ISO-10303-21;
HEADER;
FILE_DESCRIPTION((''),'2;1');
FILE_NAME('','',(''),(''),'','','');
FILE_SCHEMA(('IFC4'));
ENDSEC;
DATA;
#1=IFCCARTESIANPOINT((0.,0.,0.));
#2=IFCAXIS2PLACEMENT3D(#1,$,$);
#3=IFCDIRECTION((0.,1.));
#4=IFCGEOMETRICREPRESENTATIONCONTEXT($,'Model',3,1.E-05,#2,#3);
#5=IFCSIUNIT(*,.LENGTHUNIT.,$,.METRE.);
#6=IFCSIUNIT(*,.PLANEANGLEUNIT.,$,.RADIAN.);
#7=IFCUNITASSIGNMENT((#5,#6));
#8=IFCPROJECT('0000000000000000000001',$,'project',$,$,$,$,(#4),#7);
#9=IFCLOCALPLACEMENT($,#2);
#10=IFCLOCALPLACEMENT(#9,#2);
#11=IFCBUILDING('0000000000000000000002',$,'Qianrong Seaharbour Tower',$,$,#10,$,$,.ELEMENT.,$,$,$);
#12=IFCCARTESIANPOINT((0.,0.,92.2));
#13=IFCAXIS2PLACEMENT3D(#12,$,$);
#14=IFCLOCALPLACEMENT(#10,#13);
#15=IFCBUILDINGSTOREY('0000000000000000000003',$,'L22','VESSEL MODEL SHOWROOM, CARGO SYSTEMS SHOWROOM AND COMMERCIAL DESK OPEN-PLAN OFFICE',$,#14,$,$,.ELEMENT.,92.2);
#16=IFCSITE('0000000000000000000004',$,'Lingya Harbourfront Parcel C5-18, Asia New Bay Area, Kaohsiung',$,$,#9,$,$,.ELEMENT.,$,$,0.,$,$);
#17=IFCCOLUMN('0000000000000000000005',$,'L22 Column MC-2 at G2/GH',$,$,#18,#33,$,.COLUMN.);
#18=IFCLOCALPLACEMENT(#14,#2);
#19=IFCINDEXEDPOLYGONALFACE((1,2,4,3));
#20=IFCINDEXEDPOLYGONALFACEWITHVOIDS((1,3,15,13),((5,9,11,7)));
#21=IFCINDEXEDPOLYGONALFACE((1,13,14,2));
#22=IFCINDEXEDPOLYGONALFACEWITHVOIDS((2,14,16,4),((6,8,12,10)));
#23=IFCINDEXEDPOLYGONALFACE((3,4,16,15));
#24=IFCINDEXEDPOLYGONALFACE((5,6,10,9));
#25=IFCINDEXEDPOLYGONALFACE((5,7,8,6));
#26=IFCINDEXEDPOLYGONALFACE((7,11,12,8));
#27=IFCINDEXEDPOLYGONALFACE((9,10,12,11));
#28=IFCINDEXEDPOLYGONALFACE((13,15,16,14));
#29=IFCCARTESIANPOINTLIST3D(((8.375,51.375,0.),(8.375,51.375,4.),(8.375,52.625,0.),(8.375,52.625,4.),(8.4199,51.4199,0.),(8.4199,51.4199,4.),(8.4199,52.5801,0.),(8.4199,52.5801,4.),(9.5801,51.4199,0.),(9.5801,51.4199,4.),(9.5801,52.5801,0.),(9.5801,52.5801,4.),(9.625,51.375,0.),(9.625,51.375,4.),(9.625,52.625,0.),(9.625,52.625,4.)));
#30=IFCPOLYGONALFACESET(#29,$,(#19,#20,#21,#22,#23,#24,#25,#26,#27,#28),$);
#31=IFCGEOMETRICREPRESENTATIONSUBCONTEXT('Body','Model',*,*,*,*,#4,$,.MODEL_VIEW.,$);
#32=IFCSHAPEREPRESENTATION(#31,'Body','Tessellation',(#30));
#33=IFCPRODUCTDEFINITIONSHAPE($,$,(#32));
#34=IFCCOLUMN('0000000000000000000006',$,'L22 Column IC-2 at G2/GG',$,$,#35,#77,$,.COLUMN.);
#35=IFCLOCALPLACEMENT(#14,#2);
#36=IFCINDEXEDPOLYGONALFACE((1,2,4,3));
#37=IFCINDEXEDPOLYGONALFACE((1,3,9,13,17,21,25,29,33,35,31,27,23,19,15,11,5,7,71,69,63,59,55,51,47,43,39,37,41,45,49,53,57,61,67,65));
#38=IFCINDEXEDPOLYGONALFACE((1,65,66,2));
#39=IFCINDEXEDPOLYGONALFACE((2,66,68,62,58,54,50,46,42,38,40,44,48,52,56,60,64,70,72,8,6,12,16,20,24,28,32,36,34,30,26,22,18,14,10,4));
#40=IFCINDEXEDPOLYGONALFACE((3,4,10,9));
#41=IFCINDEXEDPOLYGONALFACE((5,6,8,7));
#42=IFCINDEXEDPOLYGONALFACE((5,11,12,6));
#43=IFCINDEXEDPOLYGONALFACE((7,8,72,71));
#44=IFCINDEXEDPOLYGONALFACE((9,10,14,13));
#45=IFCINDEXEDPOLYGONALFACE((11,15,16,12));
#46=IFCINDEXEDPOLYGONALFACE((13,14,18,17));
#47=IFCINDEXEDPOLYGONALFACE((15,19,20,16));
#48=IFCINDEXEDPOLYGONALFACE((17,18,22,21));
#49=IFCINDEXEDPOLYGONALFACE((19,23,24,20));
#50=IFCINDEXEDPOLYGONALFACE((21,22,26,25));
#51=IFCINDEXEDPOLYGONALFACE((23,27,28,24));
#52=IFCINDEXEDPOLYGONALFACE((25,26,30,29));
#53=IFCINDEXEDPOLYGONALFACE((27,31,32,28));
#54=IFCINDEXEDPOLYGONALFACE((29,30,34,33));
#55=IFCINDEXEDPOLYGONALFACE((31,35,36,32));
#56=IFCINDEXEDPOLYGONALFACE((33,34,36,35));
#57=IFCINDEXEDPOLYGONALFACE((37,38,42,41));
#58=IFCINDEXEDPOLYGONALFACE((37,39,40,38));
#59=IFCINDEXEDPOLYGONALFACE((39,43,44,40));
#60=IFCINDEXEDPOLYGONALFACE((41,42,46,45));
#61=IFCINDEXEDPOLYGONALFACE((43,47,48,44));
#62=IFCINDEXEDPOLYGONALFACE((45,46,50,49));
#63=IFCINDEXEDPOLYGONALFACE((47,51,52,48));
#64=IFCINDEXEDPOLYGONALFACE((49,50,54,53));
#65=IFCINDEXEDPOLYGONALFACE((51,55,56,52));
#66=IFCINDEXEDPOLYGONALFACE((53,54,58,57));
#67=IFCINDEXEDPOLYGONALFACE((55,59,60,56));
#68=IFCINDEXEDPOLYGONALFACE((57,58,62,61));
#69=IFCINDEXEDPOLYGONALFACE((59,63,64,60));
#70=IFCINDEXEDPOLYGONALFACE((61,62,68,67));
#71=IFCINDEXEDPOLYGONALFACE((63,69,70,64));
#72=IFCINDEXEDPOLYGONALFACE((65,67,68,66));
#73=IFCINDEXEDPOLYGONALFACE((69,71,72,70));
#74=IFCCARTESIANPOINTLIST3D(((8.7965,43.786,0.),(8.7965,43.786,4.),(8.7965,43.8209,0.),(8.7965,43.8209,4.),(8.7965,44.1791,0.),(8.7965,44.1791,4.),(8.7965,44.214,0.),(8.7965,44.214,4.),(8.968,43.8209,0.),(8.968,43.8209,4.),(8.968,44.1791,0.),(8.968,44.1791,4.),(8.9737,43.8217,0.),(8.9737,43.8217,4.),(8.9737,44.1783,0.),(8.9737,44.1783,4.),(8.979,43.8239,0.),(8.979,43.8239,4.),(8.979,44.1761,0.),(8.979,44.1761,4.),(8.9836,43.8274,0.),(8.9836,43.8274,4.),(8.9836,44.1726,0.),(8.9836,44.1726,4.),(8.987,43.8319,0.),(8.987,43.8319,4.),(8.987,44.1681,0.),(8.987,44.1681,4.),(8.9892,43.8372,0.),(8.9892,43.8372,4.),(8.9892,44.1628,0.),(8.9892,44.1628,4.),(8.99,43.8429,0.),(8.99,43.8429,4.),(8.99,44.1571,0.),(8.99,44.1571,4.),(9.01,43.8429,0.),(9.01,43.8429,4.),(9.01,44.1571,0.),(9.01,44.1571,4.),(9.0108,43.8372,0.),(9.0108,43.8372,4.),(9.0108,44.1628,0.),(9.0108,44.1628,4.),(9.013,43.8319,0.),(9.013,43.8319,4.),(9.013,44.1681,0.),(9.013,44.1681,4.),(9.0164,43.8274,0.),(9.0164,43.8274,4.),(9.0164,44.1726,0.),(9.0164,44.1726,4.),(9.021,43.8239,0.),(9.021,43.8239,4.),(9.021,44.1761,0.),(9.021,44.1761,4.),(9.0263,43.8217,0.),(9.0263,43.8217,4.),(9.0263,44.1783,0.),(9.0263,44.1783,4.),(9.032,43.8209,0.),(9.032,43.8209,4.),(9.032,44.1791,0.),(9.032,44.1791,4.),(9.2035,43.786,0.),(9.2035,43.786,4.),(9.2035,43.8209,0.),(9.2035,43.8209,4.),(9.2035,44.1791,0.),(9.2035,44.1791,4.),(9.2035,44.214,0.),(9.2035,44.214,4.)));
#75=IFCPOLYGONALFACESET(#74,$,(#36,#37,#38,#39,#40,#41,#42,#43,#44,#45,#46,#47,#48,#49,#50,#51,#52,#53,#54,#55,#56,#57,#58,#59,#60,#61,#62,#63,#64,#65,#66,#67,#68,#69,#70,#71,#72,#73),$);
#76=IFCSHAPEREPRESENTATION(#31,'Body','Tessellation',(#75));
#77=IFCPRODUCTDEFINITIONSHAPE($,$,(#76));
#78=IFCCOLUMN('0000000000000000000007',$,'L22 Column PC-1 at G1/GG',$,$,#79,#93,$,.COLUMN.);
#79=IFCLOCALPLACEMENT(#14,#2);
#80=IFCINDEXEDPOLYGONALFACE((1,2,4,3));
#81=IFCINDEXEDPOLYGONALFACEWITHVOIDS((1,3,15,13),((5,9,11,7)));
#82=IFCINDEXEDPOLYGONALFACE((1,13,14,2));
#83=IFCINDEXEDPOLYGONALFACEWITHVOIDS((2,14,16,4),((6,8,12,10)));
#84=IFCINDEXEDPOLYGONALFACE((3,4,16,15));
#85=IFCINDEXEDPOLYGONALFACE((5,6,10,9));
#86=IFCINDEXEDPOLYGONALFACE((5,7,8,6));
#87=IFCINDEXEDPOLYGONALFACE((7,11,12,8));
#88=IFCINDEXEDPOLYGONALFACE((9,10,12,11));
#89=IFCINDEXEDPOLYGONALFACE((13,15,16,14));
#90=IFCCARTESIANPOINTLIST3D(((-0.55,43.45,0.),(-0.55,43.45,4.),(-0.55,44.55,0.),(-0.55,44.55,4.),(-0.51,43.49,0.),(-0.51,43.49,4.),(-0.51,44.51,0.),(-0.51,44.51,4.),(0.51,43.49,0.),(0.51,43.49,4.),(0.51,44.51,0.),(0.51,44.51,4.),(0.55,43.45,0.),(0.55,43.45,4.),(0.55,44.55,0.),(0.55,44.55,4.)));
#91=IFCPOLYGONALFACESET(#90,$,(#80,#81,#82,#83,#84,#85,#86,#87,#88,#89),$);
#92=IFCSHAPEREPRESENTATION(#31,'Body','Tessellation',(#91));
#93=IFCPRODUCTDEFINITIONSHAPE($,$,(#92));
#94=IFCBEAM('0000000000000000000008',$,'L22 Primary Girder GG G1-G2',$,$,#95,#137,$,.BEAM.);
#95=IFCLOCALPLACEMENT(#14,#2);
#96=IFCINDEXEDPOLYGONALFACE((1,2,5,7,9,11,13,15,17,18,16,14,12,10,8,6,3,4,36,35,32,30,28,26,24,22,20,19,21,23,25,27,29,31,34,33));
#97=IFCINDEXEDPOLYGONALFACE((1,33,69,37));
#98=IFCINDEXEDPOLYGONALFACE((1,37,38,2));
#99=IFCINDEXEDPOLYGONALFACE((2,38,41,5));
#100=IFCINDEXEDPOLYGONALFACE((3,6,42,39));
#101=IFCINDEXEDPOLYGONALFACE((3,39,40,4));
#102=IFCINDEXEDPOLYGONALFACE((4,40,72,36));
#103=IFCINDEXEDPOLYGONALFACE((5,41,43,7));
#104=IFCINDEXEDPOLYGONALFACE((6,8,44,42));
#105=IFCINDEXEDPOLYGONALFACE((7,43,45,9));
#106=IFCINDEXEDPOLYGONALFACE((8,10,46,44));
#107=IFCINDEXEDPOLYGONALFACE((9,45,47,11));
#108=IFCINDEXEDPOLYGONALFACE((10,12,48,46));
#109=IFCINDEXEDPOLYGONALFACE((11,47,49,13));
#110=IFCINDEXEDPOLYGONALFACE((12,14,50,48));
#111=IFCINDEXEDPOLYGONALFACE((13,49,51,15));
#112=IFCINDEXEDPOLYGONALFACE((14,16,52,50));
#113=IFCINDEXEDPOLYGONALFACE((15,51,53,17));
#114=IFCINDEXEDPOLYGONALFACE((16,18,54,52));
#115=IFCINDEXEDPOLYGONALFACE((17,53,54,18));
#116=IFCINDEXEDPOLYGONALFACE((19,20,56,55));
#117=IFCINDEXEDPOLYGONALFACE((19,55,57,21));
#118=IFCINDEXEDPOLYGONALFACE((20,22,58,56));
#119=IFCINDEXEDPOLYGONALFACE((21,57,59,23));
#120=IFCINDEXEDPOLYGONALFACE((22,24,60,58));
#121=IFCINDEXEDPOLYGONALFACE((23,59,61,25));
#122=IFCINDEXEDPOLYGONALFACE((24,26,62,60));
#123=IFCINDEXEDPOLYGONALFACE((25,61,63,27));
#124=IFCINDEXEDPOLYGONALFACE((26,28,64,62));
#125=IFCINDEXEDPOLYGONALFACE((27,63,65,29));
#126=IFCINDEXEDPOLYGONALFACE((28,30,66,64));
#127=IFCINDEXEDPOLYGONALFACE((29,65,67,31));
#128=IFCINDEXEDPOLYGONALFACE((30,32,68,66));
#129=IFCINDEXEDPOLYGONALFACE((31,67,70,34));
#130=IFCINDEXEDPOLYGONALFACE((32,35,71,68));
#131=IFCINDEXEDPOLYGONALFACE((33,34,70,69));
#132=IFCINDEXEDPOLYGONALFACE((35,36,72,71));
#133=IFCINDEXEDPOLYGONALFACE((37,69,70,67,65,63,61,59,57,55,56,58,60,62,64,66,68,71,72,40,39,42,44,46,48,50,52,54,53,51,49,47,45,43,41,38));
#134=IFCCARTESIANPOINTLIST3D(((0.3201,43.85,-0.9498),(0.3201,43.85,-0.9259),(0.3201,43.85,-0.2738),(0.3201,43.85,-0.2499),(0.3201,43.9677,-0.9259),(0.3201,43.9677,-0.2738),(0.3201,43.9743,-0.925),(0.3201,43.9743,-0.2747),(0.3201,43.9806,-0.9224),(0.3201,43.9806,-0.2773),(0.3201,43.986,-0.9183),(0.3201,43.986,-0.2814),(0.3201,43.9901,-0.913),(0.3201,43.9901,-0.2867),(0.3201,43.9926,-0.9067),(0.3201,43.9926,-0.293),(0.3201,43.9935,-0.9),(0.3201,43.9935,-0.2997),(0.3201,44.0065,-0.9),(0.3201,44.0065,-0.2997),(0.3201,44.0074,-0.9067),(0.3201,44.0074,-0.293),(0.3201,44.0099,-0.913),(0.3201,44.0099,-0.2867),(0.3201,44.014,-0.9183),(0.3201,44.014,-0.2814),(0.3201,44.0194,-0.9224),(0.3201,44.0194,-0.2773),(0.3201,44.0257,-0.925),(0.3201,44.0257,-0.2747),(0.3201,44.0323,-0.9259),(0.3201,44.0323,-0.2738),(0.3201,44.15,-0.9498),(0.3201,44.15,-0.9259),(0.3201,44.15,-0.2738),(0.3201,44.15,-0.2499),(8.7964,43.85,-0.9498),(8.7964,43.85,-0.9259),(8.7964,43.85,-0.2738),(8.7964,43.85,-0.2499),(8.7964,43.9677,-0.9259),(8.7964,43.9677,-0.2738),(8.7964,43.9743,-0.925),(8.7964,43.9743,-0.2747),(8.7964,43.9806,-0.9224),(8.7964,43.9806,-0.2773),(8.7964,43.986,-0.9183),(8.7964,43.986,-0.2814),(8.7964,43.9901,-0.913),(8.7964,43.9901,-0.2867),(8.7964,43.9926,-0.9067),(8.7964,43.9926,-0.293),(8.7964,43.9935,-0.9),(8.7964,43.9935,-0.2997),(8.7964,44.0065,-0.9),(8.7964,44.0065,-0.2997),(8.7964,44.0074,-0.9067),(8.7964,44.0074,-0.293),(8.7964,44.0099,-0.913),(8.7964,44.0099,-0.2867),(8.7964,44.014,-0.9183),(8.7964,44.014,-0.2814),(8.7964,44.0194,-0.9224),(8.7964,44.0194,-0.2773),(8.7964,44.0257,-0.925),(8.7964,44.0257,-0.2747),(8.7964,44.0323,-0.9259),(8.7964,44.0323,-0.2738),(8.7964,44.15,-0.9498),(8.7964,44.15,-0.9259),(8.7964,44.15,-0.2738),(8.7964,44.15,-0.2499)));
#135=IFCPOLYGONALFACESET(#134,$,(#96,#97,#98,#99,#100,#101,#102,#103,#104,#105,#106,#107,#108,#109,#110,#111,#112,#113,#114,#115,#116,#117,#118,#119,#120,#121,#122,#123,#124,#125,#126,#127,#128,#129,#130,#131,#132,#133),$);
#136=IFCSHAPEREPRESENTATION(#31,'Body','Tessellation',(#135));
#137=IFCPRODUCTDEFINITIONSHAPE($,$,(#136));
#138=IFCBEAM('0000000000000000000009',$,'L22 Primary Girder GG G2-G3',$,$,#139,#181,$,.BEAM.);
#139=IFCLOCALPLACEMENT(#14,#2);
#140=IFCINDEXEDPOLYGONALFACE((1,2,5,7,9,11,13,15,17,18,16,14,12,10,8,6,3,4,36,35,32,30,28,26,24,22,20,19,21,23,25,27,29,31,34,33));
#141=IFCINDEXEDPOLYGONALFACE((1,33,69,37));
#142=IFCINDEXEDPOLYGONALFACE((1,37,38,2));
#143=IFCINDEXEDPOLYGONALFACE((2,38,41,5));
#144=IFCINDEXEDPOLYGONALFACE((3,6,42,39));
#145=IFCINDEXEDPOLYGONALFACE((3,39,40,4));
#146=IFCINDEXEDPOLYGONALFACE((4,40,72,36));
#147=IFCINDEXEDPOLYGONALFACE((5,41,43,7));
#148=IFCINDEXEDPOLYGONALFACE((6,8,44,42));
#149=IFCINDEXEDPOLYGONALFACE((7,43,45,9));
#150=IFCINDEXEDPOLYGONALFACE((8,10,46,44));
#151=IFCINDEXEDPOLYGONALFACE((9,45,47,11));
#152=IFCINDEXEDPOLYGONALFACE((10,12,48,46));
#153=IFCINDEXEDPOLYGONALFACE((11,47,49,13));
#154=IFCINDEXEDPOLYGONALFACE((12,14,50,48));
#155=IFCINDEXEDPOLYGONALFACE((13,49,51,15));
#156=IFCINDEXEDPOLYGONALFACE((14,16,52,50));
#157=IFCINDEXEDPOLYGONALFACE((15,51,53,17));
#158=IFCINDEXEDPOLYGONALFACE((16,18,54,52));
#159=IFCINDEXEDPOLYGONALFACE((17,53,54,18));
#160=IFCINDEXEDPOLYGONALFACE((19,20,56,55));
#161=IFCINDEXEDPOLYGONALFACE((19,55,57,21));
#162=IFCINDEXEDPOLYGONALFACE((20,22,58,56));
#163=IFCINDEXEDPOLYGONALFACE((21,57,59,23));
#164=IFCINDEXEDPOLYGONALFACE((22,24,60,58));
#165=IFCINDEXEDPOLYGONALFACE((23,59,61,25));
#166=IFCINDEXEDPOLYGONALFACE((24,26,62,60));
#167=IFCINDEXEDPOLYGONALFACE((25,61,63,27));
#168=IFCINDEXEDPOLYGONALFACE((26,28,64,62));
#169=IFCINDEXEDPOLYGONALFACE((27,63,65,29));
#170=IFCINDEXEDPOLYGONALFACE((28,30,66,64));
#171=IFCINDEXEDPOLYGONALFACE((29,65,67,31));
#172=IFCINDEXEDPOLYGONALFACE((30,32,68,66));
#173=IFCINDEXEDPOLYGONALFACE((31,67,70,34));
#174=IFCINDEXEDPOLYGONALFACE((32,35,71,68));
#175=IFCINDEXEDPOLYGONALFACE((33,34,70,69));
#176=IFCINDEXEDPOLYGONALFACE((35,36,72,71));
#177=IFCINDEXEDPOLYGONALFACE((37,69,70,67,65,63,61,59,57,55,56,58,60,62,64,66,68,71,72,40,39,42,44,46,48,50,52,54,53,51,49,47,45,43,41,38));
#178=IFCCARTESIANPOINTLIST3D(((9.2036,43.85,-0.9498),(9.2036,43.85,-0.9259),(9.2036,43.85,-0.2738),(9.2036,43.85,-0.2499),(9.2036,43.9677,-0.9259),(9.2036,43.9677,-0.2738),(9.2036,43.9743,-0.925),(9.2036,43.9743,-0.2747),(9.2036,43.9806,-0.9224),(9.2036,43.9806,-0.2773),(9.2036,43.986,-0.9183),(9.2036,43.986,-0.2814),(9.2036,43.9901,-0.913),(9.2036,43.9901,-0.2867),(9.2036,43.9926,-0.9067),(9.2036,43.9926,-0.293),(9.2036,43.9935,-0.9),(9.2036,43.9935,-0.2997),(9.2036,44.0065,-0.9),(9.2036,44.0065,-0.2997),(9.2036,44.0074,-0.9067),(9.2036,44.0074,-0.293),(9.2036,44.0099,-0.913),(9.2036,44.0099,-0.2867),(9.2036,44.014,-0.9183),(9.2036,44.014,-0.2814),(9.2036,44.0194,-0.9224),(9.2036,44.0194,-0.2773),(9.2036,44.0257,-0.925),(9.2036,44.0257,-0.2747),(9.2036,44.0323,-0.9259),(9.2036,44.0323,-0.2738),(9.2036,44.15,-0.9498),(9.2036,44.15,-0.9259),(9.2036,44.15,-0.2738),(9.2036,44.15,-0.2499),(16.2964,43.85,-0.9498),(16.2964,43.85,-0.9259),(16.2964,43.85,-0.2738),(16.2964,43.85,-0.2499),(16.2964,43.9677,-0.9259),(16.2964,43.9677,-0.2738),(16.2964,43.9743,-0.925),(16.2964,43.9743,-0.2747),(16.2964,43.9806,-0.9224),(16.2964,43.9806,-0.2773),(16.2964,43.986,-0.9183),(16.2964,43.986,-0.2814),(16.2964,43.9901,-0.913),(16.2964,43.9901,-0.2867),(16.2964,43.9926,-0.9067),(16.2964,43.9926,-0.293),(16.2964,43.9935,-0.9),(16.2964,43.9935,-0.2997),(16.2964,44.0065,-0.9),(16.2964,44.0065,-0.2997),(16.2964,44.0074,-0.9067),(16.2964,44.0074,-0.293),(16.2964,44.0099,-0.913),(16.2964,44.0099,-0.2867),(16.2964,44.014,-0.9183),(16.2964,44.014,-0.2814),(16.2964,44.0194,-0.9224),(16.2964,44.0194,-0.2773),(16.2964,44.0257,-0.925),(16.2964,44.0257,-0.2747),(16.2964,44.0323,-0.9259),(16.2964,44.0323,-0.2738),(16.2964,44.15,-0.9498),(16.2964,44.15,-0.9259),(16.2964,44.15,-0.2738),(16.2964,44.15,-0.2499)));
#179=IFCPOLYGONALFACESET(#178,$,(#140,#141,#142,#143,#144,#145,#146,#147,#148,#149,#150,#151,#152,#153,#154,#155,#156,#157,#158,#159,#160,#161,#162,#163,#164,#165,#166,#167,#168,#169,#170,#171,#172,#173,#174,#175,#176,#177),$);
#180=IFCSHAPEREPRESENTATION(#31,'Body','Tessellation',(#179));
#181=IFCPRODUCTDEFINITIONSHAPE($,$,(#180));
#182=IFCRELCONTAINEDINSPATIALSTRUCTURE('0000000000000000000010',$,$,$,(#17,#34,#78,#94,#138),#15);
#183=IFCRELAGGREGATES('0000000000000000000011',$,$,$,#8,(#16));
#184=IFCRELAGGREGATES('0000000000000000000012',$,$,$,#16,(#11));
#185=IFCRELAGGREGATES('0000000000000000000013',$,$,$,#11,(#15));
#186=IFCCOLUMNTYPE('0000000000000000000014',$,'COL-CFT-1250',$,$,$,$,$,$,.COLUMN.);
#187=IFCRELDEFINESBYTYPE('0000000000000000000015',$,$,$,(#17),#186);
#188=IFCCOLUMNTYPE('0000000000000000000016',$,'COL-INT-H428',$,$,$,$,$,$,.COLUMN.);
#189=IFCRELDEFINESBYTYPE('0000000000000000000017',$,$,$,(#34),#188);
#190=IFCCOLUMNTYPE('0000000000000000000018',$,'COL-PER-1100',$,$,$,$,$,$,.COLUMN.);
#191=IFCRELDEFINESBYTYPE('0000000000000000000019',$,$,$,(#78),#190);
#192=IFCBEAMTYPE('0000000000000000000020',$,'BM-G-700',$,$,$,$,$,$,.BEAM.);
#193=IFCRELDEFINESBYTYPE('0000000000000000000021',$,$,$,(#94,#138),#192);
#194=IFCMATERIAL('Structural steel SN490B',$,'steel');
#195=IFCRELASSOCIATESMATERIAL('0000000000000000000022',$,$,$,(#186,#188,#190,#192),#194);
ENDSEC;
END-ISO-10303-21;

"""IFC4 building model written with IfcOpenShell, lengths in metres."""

from ifc_helpers import new_model, si_unit, direction, frame, origin, origin_2d, place, context, subcontext, project, spatial, hollow_rectangle, i_section, extrude, material, material_profile, profile_set, type_object, element, save


model = new_model("IFC4")

# Units and contexts
model_context = context("Model", 3, precision=1e-05, world=origin(), true_north=direction((0.0, 1.0)))
body_context = subcontext(model_context, "Body", "Model", "MODEL_VIEW")
ifc_project = project(units=[si_unit("LENGTHUNIT", "METRE"), si_unit("PLANEANGLEUNIT", "RADIAN")], contexts=[model_context])

# Site, building, storey
site_placement = place(None, origin())
site = spatial("IfcSite", under=ifc_project, at=site_placement, Name="Lingya Harbourfront Parcel C5-18, Asia New Bay Area, Kaohsiung", CompositionType="ELEMENT", RefElevation=0.0)
building_placement = place(site_placement, origin())
building = spatial("IfcBuilding", under=site, at=building_placement, Name="Qianrong Seaharbour Tower", CompositionType="ELEMENT")
storey_placement = place(building_placement, frame((0.0, 0.0, 92.2)))
storey = spatial("IfcBuildingStorey", under=building, at=storey_placement, Name="L22", Description="VESSEL MODEL SHOWROOM, CARGO SYSTEMS SHOWROOM AND COMMERCIAL DESK OPEN-PLAN OFFICE", CompositionType="ELEMENT", Elevation=92.2)

# Columns
ifc_material_1 = material(Name="Structural steel SN490B", Category="steel")
ifc_material_profile_1 = material_profile(ifc_material_1, hollow_rectangle(XDim=1.25, YDim=1.25, WallThickness=0.0449, at=origin_2d()), Name="BOX1250x1250x45")
ifc_profile_set_1 = profile_set([ifc_material_profile_1], Name="Structural steel SN490B")
column_type_1 = type_object("IfcColumnType", Name="COL-CFT-1250", PredefinedType="COLUMN", material=ifc_profile_set_1)
column_1_placement = place(storey_placement, frame((9.0, 52.0, 0.0), z_axis=(0.0, 0.0, 1.0), x_axis=(1.0, 0.0, 0.0)))
element("IfcColumn", 1, at=column_1_placement, inside=storey, type_object=column_type_1, Name="L22 Column MC-2 at G2/GH", PredefinedType="COLUMN", context=body_context, shape_type="SweptSolid", body=[
    extrude(hollow_rectangle(XDim=1.25, YDim=1.25, WallThickness=0.0449, at=origin_2d()), origin(), (0.0, 0.0, 1.0), 4.0),
])
ifc_material_profile_2 = material_profile(ifc_material_1, i_section(OverallWidth=0.407, OverallDepth=0.428, WebThickness=0.02, FlangeThickness=0.0349, FilletRadius=0.022, at=origin_2d()), Name="H428x407x20x35")
ifc_profile_set_2 = profile_set([ifc_material_profile_2], Name="Structural steel SN490B")
column_type_2 = type_object("IfcColumnType", Name="COL-INT-H428", PredefinedType="COLUMN", material=ifc_profile_set_2)
column_2_placement = place(storey_placement, frame((9.0, 44.0, 0.0), z_axis=(0.0, 0.0, 1.0), x_axis=(1.0, 0.0, 0.0)))
element("IfcColumn", 2, at=column_2_placement, inside=storey, type_object=column_type_2, Name="L22 Column IC-2 at G2/GG", PredefinedType="COLUMN", context=body_context, shape_type="SweptSolid", body=[
    extrude(i_section(OverallWidth=0.407, OverallDepth=0.428, WebThickness=0.02, FlangeThickness=0.0349, FilletRadius=0.022, at=origin_2d()), origin(), (0.0, 0.0, 1.0), 4.0),
])
ifc_material_profile_3 = material_profile(ifc_material_1, hollow_rectangle(XDim=1.1001, YDim=1.1001, WallThickness=0.04, at=origin_2d()), Name="BOX1100x1100x40")
ifc_profile_set_3 = profile_set([ifc_material_profile_3], Name="Structural steel SN490B")
column_type_3 = type_object("IfcColumnType", Name="COL-PER-1100", PredefinedType="COLUMN", material=ifc_profile_set_3)
column_3_placement = place(storey_placement, frame((0.0, 44.0, 0.0), z_axis=(0.0, 0.0, 1.0), x_axis=(1.0, 0.0, 0.0)))
element("IfcColumn", 3, at=column_3_placement, inside=storey, type_object=column_type_3, Name="L22 Column PC-1 at G1/GG", PredefinedType="COLUMN", context=body_context, shape_type="SweptSolid", body=[
    extrude(hollow_rectangle(XDim=1.1001, YDim=1.1001, WallThickness=0.04, at=origin_2d()), origin(), (0.0, 0.0, 1.0), 4.0),
])

# Beams
ifc_material_profile_4 = material_profile(ifc_material_1, i_section(OverallWidth=0.3, OverallDepth=0.7, WebThickness=0.0129, FlangeThickness=0.0239, FilletRadius=0.0259, at=origin_2d()), Name="H700x300x13x24")
ifc_profile_set_4 = profile_set([ifc_material_profile_4], Name="Structural steel SN490B")
beam_type_1 = type_object("IfcBeamType", Name="BM-G-700", PredefinedType="BEAM", material=ifc_profile_set_4)
beam_1_placement = place(storey_placement, frame((0.3201, 44.0, -0.5999), z_axis=(1.0, 0.0, 0.0), x_axis=(0.0, 1.0, 0.0)))
element("IfcBeam", 4, at=beam_1_placement, inside=storey, type_object=beam_type_1, Name="L22 Primary Girder GG G1-G2", PredefinedType="BEAM", context=body_context, shape_type="SweptSolid", body=[
    extrude(i_section(OverallWidth=0.3, OverallDepth=0.7, WebThickness=0.0129, FlangeThickness=0.0239, FilletRadius=0.0259, at=origin_2d()), origin(), (0.0, 0.0, 1.0), 8.4763),
])
beam_2_placement = place(storey_placement, frame((9.2036, 44.0, -0.5999), z_axis=(1.0, 0.0, 0.0), x_axis=(0.0, 1.0, 0.0)))
element("IfcBeam", 5, at=beam_2_placement, inside=storey, type_object=beam_type_1, Name="L22 Primary Girder GG G2-G3", PredefinedType="BEAM", context=body_context, shape_type="SweptSolid", body=[
    extrude(i_section(OverallWidth=0.3, OverallDepth=0.7, WebThickness=0.0129, FlangeThickness=0.0239, FilletRadius=0.0259, at=origin_2d()), origin(), (0.0, 0.0, 1.0), 7.0928),
])

save(model, "model.ifc")
